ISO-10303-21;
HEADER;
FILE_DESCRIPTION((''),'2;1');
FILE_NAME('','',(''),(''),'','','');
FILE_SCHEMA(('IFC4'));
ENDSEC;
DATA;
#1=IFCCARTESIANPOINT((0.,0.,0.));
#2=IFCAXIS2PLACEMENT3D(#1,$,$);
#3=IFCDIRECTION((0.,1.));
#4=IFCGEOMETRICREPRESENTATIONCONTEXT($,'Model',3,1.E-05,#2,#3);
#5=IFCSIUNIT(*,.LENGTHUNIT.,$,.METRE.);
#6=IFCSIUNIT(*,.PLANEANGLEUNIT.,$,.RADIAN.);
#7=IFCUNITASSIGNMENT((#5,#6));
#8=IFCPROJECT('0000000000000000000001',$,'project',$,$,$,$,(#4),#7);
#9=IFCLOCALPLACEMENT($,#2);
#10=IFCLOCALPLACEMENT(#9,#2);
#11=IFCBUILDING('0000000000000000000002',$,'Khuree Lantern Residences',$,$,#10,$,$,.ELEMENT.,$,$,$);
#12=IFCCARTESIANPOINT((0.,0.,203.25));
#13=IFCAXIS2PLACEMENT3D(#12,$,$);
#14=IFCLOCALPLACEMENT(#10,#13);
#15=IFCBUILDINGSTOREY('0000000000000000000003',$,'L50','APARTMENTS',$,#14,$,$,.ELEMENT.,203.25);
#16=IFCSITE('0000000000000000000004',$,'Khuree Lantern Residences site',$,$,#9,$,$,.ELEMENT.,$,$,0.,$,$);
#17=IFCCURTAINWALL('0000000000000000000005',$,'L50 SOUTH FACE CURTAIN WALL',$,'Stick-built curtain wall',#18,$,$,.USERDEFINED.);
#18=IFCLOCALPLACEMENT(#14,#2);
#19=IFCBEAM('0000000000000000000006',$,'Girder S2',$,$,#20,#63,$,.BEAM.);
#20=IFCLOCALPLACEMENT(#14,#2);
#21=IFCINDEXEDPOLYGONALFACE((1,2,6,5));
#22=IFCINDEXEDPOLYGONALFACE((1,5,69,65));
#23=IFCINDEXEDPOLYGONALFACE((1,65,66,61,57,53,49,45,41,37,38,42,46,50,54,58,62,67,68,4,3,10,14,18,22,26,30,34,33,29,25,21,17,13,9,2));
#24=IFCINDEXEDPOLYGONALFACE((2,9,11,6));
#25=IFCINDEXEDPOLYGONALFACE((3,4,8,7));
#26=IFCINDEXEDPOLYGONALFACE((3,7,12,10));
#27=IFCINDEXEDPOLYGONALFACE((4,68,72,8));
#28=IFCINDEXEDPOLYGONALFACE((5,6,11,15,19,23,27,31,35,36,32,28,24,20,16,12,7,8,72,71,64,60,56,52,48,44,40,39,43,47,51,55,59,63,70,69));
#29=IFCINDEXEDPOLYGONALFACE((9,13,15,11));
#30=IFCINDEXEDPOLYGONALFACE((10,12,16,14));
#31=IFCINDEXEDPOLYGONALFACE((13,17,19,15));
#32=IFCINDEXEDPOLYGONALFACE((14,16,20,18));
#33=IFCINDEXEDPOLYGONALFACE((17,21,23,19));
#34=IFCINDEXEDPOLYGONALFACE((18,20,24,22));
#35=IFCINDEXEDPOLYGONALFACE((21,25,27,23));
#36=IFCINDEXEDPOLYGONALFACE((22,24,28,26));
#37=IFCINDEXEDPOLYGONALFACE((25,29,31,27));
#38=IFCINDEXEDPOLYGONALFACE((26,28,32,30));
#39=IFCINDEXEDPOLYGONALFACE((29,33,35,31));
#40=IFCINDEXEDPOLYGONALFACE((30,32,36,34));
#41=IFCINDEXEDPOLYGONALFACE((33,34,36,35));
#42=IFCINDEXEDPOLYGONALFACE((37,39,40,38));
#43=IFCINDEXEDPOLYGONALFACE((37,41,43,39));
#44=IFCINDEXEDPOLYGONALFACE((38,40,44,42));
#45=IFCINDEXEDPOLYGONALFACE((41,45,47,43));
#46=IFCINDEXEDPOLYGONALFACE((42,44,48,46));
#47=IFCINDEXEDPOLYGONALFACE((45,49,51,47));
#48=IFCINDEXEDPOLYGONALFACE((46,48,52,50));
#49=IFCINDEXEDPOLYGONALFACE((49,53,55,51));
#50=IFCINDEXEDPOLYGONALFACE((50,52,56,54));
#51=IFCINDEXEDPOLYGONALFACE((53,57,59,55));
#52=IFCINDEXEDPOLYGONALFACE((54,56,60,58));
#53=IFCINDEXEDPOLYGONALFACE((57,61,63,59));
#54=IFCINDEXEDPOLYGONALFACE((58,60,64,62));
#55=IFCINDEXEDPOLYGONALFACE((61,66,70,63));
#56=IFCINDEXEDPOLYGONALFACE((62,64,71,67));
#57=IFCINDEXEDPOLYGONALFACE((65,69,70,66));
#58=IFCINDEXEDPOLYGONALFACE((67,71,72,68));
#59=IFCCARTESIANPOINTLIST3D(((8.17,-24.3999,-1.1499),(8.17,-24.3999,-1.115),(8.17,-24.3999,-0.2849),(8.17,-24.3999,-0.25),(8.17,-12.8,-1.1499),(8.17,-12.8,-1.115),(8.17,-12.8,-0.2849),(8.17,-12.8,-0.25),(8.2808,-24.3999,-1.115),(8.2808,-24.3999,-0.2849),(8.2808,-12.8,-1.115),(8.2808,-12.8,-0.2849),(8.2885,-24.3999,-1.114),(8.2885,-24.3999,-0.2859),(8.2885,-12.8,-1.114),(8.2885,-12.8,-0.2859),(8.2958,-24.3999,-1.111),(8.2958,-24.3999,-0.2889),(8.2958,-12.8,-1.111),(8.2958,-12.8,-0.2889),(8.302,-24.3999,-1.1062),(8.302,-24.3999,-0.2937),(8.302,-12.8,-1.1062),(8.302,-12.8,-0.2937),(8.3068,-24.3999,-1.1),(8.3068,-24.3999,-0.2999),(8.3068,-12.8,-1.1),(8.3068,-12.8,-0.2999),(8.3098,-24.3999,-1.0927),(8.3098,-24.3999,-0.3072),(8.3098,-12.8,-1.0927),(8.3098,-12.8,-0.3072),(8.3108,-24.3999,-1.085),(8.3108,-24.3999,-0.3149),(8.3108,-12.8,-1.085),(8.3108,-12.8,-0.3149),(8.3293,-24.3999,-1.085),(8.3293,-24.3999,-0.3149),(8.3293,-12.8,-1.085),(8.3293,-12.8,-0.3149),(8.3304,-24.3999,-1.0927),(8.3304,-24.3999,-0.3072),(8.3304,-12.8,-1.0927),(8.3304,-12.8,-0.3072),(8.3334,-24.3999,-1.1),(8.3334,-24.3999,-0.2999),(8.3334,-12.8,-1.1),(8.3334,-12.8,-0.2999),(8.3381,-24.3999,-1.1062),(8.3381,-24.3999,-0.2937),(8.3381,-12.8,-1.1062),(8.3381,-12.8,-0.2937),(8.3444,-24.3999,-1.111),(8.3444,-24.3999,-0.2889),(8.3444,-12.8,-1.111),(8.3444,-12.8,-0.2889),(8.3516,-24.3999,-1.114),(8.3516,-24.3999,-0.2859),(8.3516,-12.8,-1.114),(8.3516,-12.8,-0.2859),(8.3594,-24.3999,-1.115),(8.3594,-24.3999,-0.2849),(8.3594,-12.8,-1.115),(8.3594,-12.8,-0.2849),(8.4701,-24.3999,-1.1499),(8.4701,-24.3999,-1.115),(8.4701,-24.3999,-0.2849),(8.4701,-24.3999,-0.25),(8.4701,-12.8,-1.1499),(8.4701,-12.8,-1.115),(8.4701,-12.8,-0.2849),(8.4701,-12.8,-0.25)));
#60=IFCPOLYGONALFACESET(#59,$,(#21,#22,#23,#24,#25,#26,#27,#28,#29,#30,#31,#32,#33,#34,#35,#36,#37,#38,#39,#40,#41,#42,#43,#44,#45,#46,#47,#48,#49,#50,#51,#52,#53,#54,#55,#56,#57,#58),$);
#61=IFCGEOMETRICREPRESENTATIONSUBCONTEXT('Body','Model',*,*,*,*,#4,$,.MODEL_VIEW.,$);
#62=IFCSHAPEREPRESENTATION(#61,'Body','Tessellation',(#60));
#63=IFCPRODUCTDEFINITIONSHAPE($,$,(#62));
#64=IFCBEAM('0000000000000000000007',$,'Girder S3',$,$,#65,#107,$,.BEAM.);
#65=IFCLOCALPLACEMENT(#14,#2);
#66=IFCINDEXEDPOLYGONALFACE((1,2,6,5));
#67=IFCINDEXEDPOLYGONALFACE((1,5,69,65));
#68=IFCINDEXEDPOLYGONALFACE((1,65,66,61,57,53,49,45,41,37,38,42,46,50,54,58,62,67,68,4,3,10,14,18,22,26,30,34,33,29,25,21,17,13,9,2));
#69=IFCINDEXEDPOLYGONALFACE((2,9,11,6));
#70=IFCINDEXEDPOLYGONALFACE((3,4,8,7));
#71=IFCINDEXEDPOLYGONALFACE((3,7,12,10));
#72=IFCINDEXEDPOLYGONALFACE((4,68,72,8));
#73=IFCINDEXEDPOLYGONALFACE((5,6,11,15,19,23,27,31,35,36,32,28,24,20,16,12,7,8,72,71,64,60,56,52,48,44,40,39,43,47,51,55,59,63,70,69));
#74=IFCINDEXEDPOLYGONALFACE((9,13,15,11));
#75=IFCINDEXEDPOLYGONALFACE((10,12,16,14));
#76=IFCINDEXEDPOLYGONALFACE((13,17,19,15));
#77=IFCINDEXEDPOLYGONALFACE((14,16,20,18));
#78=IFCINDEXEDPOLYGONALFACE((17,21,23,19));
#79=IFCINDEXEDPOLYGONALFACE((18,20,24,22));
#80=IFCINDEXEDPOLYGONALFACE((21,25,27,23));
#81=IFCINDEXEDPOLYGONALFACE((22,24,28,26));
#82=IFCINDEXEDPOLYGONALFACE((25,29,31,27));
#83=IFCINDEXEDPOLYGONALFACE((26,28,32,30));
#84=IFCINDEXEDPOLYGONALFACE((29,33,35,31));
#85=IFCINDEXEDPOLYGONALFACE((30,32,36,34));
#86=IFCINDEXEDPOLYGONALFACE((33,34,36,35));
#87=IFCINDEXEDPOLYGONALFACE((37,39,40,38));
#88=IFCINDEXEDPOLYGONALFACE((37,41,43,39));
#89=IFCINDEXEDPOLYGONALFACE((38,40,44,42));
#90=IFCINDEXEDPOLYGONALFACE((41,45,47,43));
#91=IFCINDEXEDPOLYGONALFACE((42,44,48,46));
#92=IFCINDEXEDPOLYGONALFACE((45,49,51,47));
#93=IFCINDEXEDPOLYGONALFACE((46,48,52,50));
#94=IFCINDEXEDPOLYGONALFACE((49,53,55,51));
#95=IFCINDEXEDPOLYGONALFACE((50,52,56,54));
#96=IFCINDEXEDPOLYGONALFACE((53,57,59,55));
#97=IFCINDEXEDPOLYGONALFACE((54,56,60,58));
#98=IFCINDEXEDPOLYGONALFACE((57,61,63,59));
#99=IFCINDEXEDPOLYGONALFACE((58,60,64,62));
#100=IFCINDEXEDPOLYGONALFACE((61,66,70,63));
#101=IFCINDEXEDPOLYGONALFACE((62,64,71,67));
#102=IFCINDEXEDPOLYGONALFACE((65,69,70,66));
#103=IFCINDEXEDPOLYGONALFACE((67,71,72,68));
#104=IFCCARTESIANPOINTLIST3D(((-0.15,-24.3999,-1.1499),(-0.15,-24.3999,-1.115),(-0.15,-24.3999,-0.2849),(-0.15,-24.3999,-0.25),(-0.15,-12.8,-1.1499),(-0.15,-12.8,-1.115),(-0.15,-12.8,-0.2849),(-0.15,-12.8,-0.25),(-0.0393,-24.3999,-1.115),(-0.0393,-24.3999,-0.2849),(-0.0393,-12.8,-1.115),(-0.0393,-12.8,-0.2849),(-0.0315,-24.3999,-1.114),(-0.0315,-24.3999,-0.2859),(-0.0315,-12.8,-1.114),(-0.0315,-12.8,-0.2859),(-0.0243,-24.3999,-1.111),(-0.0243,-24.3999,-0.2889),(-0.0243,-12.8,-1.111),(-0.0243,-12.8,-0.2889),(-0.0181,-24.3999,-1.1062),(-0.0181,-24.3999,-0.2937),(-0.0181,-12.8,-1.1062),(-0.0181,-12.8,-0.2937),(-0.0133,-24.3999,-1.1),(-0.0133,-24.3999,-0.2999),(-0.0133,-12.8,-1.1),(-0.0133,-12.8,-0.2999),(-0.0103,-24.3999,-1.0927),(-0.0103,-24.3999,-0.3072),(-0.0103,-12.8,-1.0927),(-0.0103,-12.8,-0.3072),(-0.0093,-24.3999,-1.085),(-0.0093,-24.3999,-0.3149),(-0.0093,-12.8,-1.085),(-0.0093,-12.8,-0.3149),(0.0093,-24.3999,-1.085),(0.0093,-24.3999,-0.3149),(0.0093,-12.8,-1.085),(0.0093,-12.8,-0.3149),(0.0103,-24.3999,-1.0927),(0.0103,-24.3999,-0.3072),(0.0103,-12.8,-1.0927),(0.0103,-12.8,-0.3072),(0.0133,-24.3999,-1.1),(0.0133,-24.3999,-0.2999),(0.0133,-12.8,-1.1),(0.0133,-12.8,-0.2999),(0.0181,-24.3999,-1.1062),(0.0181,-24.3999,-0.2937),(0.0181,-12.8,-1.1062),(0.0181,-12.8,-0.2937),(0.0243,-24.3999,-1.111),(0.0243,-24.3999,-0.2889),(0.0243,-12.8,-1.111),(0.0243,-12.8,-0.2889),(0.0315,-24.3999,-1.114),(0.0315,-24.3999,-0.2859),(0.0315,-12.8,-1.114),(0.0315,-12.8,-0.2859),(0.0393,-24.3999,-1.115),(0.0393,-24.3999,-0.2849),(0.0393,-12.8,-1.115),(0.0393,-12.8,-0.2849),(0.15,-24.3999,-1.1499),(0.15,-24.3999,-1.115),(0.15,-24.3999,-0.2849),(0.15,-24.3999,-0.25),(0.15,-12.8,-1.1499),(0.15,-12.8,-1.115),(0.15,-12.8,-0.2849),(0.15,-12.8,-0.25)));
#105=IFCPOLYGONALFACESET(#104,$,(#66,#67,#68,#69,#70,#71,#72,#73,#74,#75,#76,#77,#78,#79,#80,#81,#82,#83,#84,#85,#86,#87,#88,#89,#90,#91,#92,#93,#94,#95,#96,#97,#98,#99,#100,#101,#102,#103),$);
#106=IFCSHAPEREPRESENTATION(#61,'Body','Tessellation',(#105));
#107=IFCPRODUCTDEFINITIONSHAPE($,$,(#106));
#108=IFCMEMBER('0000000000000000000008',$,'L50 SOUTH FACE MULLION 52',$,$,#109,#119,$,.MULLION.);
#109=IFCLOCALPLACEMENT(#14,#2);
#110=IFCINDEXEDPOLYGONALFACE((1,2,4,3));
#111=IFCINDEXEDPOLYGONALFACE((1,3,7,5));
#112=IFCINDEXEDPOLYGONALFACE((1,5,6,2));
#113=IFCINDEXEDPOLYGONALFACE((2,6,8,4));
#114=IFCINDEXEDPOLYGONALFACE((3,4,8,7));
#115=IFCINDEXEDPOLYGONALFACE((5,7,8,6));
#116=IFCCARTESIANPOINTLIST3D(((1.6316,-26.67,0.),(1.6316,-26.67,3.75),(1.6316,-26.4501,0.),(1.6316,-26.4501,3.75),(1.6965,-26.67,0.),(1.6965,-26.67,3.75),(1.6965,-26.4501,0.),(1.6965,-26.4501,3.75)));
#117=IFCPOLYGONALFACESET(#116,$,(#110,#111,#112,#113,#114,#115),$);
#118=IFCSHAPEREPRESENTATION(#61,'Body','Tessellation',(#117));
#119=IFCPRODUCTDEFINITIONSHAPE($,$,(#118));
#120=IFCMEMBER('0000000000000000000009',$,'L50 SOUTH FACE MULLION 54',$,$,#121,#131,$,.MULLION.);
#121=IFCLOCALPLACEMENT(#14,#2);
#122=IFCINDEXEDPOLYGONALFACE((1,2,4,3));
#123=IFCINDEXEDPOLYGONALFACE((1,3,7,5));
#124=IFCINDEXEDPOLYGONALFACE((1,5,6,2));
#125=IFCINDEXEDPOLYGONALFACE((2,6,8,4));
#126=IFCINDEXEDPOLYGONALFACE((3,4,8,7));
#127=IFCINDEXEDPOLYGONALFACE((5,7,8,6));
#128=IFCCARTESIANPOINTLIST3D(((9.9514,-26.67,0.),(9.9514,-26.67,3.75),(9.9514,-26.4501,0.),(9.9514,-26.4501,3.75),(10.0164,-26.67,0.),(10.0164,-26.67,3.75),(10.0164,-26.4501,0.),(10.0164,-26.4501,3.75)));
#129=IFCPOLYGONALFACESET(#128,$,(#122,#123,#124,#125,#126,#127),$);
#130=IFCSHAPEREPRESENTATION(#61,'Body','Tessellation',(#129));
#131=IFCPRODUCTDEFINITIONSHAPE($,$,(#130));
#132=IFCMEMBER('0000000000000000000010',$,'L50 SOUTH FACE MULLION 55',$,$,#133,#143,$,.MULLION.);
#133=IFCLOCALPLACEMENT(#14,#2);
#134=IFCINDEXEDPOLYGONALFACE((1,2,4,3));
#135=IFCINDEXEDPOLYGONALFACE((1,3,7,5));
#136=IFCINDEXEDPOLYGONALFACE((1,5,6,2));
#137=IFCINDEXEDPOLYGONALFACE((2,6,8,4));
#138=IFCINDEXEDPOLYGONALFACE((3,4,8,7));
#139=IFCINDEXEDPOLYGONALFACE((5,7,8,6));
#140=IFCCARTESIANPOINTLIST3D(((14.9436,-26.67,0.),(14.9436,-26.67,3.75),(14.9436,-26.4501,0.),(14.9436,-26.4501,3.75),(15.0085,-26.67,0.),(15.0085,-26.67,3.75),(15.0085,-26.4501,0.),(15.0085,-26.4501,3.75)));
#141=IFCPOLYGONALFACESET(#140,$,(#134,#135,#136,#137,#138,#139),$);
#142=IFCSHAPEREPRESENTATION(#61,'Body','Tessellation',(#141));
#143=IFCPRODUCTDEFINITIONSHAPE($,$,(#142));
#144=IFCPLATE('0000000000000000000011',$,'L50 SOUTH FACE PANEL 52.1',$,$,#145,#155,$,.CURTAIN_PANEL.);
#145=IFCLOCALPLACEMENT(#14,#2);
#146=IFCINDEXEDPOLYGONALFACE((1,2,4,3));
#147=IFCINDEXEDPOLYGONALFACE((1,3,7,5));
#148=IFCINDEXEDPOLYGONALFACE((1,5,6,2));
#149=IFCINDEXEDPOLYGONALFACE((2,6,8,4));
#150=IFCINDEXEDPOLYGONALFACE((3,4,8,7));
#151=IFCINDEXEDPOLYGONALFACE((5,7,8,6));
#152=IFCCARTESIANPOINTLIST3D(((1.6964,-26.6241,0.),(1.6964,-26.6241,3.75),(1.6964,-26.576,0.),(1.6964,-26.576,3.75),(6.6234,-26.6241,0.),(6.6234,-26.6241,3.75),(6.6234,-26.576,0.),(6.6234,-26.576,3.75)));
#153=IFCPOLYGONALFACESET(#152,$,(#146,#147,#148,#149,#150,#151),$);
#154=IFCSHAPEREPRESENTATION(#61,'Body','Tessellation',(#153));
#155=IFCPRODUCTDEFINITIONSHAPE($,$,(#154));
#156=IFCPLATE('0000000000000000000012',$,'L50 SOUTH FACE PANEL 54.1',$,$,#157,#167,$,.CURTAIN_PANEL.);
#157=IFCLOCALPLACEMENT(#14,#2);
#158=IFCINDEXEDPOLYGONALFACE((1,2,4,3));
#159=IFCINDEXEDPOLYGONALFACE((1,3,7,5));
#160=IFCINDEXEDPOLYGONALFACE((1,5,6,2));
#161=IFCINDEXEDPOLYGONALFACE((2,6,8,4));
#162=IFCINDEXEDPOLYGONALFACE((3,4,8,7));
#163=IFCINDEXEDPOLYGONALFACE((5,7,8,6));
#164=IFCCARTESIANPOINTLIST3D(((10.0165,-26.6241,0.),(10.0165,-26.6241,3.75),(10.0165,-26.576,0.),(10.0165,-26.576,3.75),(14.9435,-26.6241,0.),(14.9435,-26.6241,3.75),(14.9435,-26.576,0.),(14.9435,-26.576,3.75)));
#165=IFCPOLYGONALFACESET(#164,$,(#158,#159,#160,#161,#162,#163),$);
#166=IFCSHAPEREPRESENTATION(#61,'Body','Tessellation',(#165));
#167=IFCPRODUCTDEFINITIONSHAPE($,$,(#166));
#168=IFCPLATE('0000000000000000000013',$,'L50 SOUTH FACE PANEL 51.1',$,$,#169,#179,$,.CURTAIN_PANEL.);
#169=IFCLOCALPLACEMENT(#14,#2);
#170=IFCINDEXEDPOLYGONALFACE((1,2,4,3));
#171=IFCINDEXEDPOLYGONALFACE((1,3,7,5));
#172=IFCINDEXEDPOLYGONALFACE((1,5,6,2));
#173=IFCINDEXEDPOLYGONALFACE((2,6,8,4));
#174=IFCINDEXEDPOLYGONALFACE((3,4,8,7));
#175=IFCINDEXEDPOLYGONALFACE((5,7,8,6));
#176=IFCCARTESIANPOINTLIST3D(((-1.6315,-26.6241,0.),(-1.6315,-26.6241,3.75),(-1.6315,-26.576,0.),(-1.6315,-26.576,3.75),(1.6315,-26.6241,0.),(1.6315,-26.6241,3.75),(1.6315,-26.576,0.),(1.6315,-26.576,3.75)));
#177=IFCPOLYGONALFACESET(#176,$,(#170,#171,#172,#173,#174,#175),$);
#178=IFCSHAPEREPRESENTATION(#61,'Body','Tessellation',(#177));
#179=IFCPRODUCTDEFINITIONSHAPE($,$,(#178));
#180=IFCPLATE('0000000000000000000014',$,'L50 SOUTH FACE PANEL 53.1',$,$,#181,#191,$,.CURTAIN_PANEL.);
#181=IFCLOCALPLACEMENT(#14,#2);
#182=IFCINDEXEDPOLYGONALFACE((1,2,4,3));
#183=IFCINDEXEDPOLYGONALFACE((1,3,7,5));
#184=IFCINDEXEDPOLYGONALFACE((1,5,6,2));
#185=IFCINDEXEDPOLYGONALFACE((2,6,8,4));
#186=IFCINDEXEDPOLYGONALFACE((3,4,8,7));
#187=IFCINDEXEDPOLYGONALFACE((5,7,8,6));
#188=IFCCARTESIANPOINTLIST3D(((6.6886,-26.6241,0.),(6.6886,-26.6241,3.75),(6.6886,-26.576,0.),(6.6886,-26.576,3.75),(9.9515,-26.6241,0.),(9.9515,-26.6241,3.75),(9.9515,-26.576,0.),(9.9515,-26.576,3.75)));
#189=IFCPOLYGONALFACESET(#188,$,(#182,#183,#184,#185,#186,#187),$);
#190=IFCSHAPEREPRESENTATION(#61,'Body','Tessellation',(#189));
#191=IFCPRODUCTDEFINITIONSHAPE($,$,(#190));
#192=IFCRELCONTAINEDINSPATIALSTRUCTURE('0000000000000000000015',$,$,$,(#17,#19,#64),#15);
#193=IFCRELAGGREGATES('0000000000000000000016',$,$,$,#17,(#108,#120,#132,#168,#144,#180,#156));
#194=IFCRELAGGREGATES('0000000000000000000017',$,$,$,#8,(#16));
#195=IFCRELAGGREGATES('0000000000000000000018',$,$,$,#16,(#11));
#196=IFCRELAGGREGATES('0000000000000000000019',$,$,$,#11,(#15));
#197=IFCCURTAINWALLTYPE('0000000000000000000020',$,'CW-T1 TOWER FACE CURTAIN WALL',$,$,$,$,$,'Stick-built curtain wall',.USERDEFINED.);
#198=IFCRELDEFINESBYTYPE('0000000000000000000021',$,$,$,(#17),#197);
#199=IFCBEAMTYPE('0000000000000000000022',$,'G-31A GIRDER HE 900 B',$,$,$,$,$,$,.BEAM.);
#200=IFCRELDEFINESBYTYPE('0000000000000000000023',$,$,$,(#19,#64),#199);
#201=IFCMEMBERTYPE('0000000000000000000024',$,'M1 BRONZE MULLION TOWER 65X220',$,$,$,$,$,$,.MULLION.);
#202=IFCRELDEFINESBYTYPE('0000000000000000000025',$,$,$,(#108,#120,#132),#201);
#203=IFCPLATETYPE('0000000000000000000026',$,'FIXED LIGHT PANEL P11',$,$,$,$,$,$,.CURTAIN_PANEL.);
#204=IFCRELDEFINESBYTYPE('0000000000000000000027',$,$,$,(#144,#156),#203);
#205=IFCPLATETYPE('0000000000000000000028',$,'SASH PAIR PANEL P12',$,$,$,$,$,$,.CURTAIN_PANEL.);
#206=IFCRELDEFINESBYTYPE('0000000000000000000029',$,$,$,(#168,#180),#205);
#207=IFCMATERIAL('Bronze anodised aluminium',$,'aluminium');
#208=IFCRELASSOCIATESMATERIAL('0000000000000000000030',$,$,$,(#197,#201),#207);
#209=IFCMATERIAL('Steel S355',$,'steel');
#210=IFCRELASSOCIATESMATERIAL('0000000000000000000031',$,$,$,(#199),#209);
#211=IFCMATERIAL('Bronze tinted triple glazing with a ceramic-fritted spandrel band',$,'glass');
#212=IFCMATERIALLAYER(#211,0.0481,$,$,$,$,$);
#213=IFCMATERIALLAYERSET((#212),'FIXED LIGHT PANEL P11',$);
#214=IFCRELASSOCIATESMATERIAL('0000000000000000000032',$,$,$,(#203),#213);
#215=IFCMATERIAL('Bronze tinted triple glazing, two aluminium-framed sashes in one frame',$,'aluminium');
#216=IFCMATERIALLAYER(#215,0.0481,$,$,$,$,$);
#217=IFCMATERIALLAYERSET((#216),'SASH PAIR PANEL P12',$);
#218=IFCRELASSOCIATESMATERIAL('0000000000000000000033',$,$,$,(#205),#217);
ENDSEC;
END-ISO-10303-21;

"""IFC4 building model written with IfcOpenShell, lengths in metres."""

from ifc_helpers import new_model, si_unit, direction, frame, origin, origin_2d, place, context, subcontext, project, spatial, rectangle, i_section, extrude, material, layer, layer_set, material_profile, profile_set, type_object, element, aggregate, save


model = new_model("IFC4")

# Units and contexts
model_context = context("Model", 3, precision=1e-05, world=origin(), true_north=direction((0.0, 1.0)))
body_context = subcontext(model_context, "Body", "Model", "MODEL_VIEW")
ifc_project = project(units=[si_unit("LENGTHUNIT", "METRE"), si_unit("PLANEANGLEUNIT", "RADIAN")], contexts=[model_context])

# Site, building, storey
site_placement = place(None, origin())
site = spatial("IfcSite", under=ifc_project, at=site_placement, Name="Khuree Lantern Residences site", CompositionType="ELEMENT", RefElevation=0.0)
building_placement = place(site_placement, origin())
building = spatial("IfcBuilding", under=site, at=building_placement, Name="Khuree Lantern Residences", CompositionType="ELEMENT")
storey_placement = place(building_placement, frame((0.0, 0.0, 203.25)))
storey = spatial("IfcBuildingStorey", under=building, at=storey_placement, Name="L50", Description="APARTMENTS", CompositionType="ELEMENT", Elevation=203.25)

# Shared definitions
ifc_material_1 = material(Name="Steel S355", Category="steel")

# Curtain wall
ifc_material_2 = material(Name="Bronze anodised aluminium", Category="aluminium")
curtain_wall_type = type_object("IfcCurtainWallType", Name="CW-T1 TOWER FACE CURTAIN WALL", ElementType="Stick-built curtain wall", PredefinedType="USERDEFINED", material=ifc_material_2)
curtain_wall_placement = place(storey_placement, origin())
curtain_wall = element("IfcCurtainWall", 1, at=curtain_wall_placement, inside=storey, type_object=curtain_wall_type, Name="L50 SOUTH FACE CURTAIN WALL", ObjectType="Stick-built curtain wall", PredefinedType="USERDEFINED")

# Beams
ifc_material_profile_1 = material_profile(ifc_material_1, i_section(OverallWidth=0.3, OverallDepth=0.8999, WebThickness=0.0186, FlangeThickness=0.0349, FilletRadius=0.03, at=origin_2d()), Name="HE 900 B")
ifc_profile_set_1 = profile_set([ifc_material_profile_1], Name="Steel S355")
beam_type_1 = type_object("IfcBeamType", Name="G-31A GIRDER HE 900 B", PredefinedType="BEAM", material=ifc_profile_set_1)
for number, where, z_axis, x_axis, name in (
    (2, (8.3201, -24.3999, -0.7), (0.0, 1.0, 0.0), (-1.0, 0.0, 0.0), "Girder S2"),
    (3, (0.0, -24.3999, -0.7), (0.0, 1.0, 0.0), (-1.0, 0.0, 0.0), "Girder S3"),
):
    element("IfcBeam", number, at=place(storey_placement, frame(where, z_axis=z_axis, x_axis=x_axis)), inside=storey, type_object=beam_type_1, Name=name, PredefinedType="BEAM", context=body_context, shape_type="SweptSolid", body=[
        extrude(i_section(OverallWidth=0.3, OverallDepth=0.8999, WebThickness=0.0186, FlangeThickness=0.0349, FilletRadius=0.03, at=origin_2d()), origin(), (0.0, 0.0, 1.0), 11.5999),
    ])

# Members
ifc_material_profile_2 = material_profile(ifc_material_2, rectangle(XDim=0.0649, YDim=0.22, at=origin_2d()), Name="M1 65X220")
ifc_profile_set_2 = profile_set([ifc_material_profile_2], Name="Bronze anodised aluminium")
member_type_1 = type_object("IfcMemberType", Name="M1 BRONZE MULLION TOWER 65X220", PredefinedType="MULLION", material=ifc_profile_set_2)
member_1_placement = place(storey_placement, frame((1.6641, -26.5601, 0.0), z_axis=(0.0, 0.0, 1.0), x_axis=(1.0, 0.0, 0.0)))
member_1 = element("IfcMember", 4, at=member_1_placement, type_object=member_type_1, Name="L50 SOUTH FACE MULLION 52", PredefinedType="MULLION", context=body_context, shape_type="SweptSolid", body=[
    extrude(rectangle(XDim=0.0649, YDim=0.22, at=origin_2d()), origin(), (0.0, 0.0, 1.0), 3.75),
])
member_2_placement = place(storey_placement, frame((9.9839, -26.5601, 0.0), z_axis=(0.0, 0.0, 1.0), x_axis=(1.0, 0.0, 0.0)))
member_2 = element("IfcMember", 5, at=member_2_placement, type_object=member_type_1, Name="L50 SOUTH FACE MULLION 54", PredefinedType="MULLION", context=body_context, shape_type="SweptSolid", body=[
    extrude(rectangle(XDim=0.0649, YDim=0.22, at=origin_2d()), origin(), (0.0, 0.0, 1.0), 3.75),
])
member_3_placement = place(storey_placement, frame((14.9761, -26.5601, 0.0), z_axis=(0.0, 0.0, 1.0), x_axis=(1.0, 0.0, 0.0)))
member_3 = element("IfcMember", 6, at=member_3_placement, type_object=member_type_1, Name="L50 SOUTH FACE MULLION 55", PredefinedType="MULLION", context=body_context, shape_type="SweptSolid", body=[
    extrude(rectangle(XDim=0.0649, YDim=0.22, at=origin_2d()), origin(), (0.0, 0.0, 1.0), 3.75),
])

# Plates
ifc_material_3 = material(Name="Bronze tinted triple glazing with a ceramic-fritted spandrel band", Category="glass")
ifc_layer_1 = layer(ifc_material_3, 0.0481)
ifc_layer_set_1 = layer_set([ifc_layer_1], Name="FIXED LIGHT PANEL P11")
plate_type_1 = type_object("IfcPlateType", Name="FIXED LIGHT PANEL P11", PredefinedType="CURTAIN_PANEL", material=ifc_layer_set_1)
plate_1_placement = place(storey_placement, frame((4.1599, -26.6001, 0.0), z_axis=(0.0, 0.0, 1.0), x_axis=(1.0, 0.0, 0.0)))
plate_1 = element("IfcPlate", 7, at=plate_1_placement, type_object=plate_type_1, Name="L50 SOUTH FACE PANEL 52.1", PredefinedType="CURTAIN_PANEL", context=body_context, shape_type="SweptSolid", body=[
    extrude(rectangle(XDim=4.927, YDim=0.0481, at=origin_2d()), origin(), (0.0, 0.0, 1.0), 3.75),
])
plate_2_placement = place(storey_placement, frame((12.48, -26.6001, 0.0), z_axis=(0.0, 0.0, 1.0), x_axis=(1.0, 0.0, 0.0)))
plate_2 = element("IfcPlate", 8, at=plate_2_placement, type_object=plate_type_1, Name="L50 SOUTH FACE PANEL 54.1", PredefinedType="CURTAIN_PANEL", context=body_context, shape_type="SweptSolid", body=[
    extrude(rectangle(XDim=4.927, YDim=0.0481, at=origin_2d()), origin(), (0.0, 0.0, 1.0), 3.75),
])
ifc_material_4 = material(Name="Bronze tinted triple glazing, two aluminium-framed sashes in one frame", Category="aluminium")
ifc_layer_2 = layer(ifc_material_4, 0.0481)
ifc_layer_set_2 = layer_set([ifc_layer_2], Name="SASH PAIR PANEL P12")
plate_type_2 = type_object("IfcPlateType", Name="SASH PAIR PANEL P12", PredefinedType="CURTAIN_PANEL", material=ifc_layer_set_2)
plate_3_placement = place(storey_placement, frame((0.0, -26.6001, 0.0), z_axis=(0.0, 0.0, 1.0), x_axis=(1.0, 0.0, 0.0)))
plate_3 = element("IfcPlate", 9, at=plate_3_placement, type_object=plate_type_2, Name="L50 SOUTH FACE PANEL 51.1", PredefinedType="CURTAIN_PANEL", context=body_context, shape_type="SweptSolid", body=[
    extrude(rectangle(XDim=3.2629, YDim=0.0481, at=origin_2d()), origin(), (0.0, 0.0, 1.0), 3.75),
])
plate_4_placement = place(storey_placement, frame((8.3201, -26.6001, 0.0), z_axis=(0.0, 0.0, 1.0), x_axis=(1.0, 0.0, 0.0)))
plate_4 = element("IfcPlate", 10, at=plate_4_placement, type_object=plate_type_2, Name="L50 SOUTH FACE PANEL 53.1", PredefinedType="CURTAIN_PANEL", context=body_context, shape_type="SweptSolid", body=[
    extrude(rectangle(XDim=3.2629, YDim=0.0481, at=origin_2d()), origin(), (0.0, 0.0, 1.0), 3.75),
])
aggregate(curtain_wall, [member_1, member_2, member_3, plate_3, plate_1, plate_4, plate_2])

save(model, "model.ifc")
